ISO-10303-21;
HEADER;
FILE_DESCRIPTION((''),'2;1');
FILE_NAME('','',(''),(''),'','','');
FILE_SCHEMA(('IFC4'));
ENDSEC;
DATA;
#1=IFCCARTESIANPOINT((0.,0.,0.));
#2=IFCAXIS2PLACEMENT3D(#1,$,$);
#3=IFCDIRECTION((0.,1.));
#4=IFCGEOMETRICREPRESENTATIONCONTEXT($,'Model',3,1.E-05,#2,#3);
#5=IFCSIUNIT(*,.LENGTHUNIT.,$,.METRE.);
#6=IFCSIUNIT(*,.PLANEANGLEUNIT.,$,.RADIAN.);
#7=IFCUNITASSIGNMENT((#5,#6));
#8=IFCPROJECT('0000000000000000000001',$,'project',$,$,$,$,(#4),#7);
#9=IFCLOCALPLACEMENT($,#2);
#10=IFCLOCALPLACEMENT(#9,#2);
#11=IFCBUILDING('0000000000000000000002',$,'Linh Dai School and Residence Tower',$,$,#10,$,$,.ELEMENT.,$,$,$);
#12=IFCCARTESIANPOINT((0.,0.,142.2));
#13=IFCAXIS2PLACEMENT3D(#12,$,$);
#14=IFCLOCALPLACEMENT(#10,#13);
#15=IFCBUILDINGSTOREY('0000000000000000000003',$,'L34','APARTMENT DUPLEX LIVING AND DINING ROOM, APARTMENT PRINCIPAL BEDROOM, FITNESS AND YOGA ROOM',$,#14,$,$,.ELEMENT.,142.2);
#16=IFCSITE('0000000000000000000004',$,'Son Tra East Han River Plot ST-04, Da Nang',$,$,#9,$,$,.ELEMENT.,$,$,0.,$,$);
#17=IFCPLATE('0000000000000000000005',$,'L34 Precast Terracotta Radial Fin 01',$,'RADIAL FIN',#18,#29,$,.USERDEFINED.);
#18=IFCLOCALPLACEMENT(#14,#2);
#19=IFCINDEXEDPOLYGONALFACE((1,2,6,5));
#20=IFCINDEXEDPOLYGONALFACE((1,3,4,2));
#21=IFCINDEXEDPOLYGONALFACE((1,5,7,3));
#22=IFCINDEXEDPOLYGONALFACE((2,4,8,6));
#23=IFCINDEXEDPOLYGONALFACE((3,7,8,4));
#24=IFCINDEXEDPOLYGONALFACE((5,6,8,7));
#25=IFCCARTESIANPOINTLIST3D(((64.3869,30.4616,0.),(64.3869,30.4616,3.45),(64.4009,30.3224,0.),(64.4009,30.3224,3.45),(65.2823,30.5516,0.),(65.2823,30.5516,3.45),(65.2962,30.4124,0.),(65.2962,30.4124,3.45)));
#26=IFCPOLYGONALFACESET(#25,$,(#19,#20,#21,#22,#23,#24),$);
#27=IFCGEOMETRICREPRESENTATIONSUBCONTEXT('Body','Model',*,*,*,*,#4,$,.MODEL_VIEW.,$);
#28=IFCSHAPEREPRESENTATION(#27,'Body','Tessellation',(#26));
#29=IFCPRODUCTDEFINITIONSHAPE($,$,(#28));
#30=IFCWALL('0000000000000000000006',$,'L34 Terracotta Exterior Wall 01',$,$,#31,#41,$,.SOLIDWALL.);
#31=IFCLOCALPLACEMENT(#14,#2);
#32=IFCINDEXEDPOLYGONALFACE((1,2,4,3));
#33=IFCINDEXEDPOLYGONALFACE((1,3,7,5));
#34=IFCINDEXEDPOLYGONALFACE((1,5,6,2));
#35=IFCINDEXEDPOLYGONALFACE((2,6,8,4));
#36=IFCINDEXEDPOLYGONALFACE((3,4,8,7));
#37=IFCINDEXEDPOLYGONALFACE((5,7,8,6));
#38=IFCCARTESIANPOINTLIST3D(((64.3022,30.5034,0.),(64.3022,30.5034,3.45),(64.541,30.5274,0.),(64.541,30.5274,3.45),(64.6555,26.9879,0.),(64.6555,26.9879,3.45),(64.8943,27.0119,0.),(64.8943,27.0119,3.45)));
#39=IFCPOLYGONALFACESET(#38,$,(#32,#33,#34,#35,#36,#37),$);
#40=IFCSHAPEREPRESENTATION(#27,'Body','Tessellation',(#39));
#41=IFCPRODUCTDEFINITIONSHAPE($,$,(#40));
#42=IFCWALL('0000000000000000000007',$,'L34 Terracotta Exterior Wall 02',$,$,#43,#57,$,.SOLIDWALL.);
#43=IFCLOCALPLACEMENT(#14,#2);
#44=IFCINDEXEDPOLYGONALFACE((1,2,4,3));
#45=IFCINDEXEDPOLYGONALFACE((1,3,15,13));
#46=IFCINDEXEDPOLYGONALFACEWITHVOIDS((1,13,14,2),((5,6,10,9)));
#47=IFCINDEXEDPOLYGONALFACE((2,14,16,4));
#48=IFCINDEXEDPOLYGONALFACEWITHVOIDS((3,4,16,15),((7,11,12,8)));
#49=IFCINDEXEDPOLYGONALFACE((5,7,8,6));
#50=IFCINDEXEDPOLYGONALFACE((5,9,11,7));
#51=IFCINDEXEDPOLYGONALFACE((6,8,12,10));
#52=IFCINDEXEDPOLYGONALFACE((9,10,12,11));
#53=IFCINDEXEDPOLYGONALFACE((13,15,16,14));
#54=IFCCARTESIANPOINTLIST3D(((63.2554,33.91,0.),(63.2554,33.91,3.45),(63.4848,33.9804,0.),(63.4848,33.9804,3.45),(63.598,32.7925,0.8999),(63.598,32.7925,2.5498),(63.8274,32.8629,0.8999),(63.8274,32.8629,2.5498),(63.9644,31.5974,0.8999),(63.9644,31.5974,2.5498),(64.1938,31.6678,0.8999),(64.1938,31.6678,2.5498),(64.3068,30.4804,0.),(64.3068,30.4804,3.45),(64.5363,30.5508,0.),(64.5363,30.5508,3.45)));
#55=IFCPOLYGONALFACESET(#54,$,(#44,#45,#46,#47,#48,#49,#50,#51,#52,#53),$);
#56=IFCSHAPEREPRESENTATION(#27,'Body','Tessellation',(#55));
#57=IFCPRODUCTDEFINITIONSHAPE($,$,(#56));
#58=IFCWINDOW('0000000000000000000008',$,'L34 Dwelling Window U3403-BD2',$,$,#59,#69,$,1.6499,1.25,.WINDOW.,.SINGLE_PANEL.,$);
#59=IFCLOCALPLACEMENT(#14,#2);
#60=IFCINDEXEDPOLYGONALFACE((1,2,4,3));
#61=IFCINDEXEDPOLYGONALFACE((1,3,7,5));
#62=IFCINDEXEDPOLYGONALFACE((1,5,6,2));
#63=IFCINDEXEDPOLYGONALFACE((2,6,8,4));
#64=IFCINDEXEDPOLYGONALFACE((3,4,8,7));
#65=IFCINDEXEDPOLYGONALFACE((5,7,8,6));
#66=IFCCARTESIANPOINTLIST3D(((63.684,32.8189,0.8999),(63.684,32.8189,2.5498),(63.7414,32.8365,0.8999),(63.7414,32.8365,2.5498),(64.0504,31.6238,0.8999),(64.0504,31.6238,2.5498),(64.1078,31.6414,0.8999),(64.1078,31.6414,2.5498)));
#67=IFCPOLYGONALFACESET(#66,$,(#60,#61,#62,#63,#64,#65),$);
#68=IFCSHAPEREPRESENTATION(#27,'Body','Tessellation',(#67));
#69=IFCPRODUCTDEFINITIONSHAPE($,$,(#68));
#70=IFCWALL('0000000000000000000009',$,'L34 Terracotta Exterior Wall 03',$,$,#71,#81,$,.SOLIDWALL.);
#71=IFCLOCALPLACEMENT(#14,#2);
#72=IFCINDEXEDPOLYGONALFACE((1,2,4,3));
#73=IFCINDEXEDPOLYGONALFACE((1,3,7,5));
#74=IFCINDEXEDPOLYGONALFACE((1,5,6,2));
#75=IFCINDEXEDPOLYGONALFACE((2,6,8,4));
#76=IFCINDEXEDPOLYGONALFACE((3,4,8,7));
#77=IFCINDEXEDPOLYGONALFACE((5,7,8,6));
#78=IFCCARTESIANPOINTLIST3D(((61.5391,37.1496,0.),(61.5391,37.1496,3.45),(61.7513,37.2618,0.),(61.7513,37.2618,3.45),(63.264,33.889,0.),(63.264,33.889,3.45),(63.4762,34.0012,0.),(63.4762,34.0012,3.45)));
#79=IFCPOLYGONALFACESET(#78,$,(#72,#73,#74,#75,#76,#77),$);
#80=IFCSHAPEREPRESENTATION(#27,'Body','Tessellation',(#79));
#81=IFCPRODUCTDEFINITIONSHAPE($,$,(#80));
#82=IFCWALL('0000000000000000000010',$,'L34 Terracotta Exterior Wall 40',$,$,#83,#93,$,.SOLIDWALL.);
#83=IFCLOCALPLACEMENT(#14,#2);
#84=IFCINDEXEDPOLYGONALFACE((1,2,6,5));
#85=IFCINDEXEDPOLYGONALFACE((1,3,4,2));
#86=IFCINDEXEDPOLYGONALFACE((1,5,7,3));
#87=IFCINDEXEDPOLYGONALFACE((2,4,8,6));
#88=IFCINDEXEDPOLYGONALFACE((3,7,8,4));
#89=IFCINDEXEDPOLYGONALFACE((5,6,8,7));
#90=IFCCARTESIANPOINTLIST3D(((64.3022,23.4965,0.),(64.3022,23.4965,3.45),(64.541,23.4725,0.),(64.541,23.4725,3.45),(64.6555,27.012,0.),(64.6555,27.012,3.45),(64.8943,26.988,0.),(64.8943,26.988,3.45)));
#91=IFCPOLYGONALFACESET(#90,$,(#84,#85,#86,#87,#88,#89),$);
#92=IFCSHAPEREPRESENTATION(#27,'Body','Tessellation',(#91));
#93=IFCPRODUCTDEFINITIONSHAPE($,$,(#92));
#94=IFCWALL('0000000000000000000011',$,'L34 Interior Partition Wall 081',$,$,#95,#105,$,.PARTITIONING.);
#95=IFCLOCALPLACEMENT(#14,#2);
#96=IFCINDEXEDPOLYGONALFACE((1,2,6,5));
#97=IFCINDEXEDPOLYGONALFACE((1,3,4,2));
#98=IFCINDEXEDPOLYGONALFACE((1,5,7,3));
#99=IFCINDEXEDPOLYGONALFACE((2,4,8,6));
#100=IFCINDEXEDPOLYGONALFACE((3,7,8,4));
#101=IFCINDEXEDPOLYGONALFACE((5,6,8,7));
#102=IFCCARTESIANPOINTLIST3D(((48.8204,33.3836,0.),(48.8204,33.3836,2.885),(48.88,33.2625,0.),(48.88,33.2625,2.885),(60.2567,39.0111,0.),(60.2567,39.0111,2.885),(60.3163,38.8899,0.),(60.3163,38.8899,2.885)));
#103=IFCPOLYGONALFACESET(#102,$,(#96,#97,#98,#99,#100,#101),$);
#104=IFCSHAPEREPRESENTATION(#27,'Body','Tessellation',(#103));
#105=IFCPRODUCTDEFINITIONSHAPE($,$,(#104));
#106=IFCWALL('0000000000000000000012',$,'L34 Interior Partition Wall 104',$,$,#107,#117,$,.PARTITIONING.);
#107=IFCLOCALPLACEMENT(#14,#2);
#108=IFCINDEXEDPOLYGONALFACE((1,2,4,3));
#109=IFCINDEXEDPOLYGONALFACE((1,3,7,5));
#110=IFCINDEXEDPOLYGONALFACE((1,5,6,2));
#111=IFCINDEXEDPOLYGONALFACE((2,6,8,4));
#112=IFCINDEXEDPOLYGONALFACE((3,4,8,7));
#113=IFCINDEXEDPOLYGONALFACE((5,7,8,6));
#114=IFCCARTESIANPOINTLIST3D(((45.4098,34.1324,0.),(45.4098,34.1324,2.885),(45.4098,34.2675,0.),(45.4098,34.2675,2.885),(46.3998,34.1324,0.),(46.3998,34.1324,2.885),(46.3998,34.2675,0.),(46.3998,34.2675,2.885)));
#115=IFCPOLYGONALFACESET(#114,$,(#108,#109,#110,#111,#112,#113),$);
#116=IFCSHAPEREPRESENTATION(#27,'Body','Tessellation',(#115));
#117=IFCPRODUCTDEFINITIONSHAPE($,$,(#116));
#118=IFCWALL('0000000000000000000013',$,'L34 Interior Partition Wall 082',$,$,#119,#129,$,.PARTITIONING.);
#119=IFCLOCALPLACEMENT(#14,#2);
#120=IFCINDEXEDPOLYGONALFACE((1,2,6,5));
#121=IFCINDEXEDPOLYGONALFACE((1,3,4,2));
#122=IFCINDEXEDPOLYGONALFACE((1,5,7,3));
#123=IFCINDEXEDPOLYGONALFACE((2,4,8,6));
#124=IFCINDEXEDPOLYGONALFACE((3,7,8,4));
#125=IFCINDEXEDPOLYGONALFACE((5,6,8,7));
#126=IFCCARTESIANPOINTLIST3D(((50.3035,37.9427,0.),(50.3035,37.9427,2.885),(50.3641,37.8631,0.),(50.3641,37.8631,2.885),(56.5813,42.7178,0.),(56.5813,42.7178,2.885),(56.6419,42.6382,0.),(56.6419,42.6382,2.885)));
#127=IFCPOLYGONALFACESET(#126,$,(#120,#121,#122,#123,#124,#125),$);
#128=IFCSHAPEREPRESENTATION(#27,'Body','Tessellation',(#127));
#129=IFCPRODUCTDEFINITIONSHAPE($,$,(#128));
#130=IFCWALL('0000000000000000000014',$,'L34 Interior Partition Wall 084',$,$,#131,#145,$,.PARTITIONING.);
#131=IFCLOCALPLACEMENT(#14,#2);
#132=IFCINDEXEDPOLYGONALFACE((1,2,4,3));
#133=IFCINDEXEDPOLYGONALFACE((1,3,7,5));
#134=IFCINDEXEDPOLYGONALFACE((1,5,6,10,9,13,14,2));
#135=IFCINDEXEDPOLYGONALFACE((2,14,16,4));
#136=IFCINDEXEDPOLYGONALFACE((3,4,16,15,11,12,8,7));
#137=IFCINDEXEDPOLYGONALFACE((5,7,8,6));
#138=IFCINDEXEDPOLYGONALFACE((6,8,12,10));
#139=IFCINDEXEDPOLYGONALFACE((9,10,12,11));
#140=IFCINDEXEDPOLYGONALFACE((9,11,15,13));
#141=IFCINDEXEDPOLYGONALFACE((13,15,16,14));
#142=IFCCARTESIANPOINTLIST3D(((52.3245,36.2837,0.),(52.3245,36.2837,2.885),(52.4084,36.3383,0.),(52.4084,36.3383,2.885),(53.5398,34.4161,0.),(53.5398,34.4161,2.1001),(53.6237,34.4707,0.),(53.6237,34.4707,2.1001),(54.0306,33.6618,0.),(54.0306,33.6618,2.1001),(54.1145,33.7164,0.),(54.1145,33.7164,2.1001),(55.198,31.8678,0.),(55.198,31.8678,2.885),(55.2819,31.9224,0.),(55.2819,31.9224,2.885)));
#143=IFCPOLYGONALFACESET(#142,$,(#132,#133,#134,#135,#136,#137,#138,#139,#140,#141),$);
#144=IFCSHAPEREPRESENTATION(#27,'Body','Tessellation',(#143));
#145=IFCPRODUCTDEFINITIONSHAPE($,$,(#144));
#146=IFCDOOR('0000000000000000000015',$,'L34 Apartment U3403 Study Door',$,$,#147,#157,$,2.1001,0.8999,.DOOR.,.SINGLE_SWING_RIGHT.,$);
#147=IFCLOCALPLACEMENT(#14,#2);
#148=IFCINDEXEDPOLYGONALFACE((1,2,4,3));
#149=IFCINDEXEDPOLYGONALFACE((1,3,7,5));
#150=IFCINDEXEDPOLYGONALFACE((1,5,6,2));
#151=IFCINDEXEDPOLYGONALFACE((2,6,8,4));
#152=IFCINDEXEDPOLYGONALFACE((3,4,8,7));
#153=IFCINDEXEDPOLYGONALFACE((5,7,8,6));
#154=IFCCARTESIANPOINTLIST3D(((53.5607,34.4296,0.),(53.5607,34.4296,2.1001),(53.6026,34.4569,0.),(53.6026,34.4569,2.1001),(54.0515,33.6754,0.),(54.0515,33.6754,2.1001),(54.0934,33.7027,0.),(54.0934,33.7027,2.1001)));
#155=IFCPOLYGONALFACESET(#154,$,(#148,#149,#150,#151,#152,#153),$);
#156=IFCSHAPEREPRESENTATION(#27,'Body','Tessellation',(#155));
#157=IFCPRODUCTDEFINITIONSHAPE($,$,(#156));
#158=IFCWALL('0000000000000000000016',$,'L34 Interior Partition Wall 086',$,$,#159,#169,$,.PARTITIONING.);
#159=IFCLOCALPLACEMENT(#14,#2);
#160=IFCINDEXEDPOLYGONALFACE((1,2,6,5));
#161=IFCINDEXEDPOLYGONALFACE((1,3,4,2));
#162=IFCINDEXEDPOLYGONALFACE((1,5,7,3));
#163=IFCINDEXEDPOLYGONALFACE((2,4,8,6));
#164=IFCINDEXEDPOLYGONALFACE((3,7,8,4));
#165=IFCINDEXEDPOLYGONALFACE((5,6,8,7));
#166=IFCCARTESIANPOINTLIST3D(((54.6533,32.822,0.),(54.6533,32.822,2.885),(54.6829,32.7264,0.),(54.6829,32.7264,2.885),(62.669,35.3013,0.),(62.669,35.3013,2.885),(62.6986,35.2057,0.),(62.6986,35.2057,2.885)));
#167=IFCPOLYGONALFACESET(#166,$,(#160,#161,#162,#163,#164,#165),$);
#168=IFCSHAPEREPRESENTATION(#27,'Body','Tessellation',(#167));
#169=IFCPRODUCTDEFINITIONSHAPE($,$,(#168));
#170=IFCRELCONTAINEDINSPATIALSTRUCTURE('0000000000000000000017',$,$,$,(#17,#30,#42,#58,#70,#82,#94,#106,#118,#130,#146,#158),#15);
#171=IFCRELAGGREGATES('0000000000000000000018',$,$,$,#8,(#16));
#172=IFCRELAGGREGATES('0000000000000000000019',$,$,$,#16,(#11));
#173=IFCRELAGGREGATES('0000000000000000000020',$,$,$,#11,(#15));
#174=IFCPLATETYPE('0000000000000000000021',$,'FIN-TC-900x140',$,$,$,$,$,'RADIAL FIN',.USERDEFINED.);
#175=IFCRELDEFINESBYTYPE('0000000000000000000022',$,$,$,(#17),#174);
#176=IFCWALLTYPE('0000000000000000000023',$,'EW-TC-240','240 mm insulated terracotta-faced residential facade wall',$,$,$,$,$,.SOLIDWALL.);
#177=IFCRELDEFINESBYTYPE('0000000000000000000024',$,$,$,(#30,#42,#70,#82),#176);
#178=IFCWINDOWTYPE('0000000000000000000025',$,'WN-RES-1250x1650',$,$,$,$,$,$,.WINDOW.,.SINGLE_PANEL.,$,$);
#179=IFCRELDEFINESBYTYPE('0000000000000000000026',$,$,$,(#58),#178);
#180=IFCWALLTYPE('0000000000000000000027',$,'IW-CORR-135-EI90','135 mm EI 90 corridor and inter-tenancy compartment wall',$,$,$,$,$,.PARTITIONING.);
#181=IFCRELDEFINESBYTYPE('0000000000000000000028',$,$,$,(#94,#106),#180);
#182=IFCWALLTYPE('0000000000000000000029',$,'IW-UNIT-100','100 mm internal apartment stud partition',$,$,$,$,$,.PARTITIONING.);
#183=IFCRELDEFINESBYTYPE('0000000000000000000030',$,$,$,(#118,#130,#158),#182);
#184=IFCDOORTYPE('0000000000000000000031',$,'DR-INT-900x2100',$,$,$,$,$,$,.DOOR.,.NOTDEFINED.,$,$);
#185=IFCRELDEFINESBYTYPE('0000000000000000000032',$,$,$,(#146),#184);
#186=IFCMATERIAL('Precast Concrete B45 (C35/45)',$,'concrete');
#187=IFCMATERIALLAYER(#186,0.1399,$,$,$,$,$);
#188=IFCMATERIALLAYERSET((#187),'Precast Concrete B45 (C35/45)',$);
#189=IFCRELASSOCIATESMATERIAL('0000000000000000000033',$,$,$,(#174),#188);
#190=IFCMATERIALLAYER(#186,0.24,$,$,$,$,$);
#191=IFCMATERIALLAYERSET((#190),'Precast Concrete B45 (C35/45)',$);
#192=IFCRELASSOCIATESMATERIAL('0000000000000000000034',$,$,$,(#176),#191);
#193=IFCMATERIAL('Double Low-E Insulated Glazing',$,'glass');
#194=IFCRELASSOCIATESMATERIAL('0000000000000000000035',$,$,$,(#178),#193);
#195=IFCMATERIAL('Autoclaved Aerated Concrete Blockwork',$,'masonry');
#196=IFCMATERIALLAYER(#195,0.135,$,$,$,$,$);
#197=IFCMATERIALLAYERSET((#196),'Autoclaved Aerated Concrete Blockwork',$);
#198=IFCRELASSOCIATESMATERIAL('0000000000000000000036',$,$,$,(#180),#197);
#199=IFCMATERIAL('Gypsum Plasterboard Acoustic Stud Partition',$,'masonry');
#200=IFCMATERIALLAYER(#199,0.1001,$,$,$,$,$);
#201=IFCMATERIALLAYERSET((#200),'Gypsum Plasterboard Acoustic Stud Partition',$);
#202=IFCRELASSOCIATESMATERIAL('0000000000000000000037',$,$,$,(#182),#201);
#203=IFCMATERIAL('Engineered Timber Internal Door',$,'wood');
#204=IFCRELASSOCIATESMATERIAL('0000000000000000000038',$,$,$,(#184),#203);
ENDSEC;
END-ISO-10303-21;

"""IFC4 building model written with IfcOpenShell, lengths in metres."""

from ifc_helpers import new_model, si_unit, direction, frame, frame_2d, origin, origin_2d, place, context, subcontext, project, spatial, rectangle, extrude, source, transform, mapped, material, layer, layer_set, type_object, element, fill, save


model = new_model("IFC4")

# Units and contexts
model_context = context("Model", 3, precision=1e-05, world=origin(), true_north=direction((0.0, 1.0)))
body_context = subcontext(model_context, "Body", "Model", "MODEL_VIEW")
ifc_project = project(units=[si_unit("LENGTHUNIT", "METRE"), si_unit("PLANEANGLEUNIT", "RADIAN")], contexts=[model_context])

# Site, building, storey
site_placement = place(None, origin())
site = spatial("IfcSite", under=ifc_project, at=site_placement, Name="Son Tra East Han River Plot ST-04, Da Nang", CompositionType="ELEMENT", RefElevation=0.0)
building_placement = place(site_placement, origin())
building = spatial("IfcBuilding", under=site, at=building_placement, Name="Linh Dai School and Residence Tower", CompositionType="ELEMENT")
storey_placement = place(building_placement, frame((0.0, 0.0, 142.2)))
storey = spatial("IfcBuildingStorey", under=building, at=storey_placement, Name="L34", Description="APARTMENT DUPLEX LIVING AND DINING ROOM, APARTMENT PRINCIPAL BEDROOM, FITNESS AND YOGA ROOM", CompositionType="ELEMENT", Elevation=142.2)

# Plate
ifc_material_1 = material(Name="Precast Concrete B45 (C35/45)", Category="concrete")
ifc_layer_1 = layer(ifc_material_1, 0.1399)
ifc_layer_set_1 = layer_set([ifc_layer_1], Name="Precast Concrete B45 (C35/45)")
plate_type = type_object("IfcPlateType", Name="FIN-TC-900x140", ElementType="RADIAL FIN", PredefinedType="USERDEFINED", material=ifc_layer_set_1)
shared_shape_1 = source(origin(), body_context, "Body", "SweptSolid", [
    extrude(rectangle(XDim=0.8999, YDim=0.1399, at=origin_2d()), origin(), (0.0, 0.0, 1.0), 3.45),
])
plate_placement = place(storey_placement, frame((64.8416, 30.437, 0.0), z_axis=(0.0, 0.0, 1.0), x_axis=(0.994987, 0.100007, 0.0)))
element("IfcPlate", 1, at=plate_placement, inside=storey, type_object=plate_type, Name="L34 Precast Terracotta Radial Fin 01", ObjectType="RADIAL FIN", PredefinedType="USERDEFINED", context=body_context, shape_type="MappedRepresentation", body=[
    mapped(shared_shape_1, transform((0.0, 0.0, 0.0), x_axis=(1.0, 0.0, 0.0), y_axis=(0.0, 1.0, 0.0), z_axis=(0.0, 0.0, 1.0), scale=1.0)),
])

# Wall
ifc_layer_2 = layer(ifc_material_1, 0.24)
ifc_layer_set_2 = layer_set([ifc_layer_2], Name="Precast Concrete B45 (C35/45)")
wall_type_1 = type_object("IfcWallType", Name="EW-TC-240", Description="240 mm insulated terracotta-faced residential facade wall", PredefinedType="SOLIDWALL", material=ifc_layer_set_2)
wall_1_placement = place(storey_placement, frame((64.4216, 30.5154, 0.0), z_axis=(0.0, 0.0, 1.0), x_axis=(0.099989, -0.994988, 0.0)))
element("IfcWall", 2, at=wall_1_placement, inside=storey, type_object=wall_type_1, Name="L34 Terracotta Exterior Wall 01", PredefinedType="SOLIDWALL", context=body_context, shape_type="SweptSolid", body=[
    extrude(rectangle(XDim=3.5332, YDim=0.24, at=frame_2d((1.7666, 0.0))), origin(), (0.0, 0.0, 1.0), 3.45),
])

# Wall, opening, window
wall_2_placement = place(storey_placement, frame((63.3701, 33.9451, 0.0), z_axis=(0.0, 0.0, 1.0), x_axis=(0.293124, -0.956074, 0.0)))
wall_2 = element("IfcWall", 3, at=wall_2_placement, inside=storey, type_object=wall_type_1, Name="L34 Terracotta Exterior Wall 02", PredefinedType="SOLIDWALL", context=body_context, shape_type="SweptSolid", body=[
    extrude(rectangle(XDim=3.5872, YDim=0.24, at=frame_2d((1.7935, 0.0))), origin(), (0.0, 0.0, 1.0), 3.45),
])
opening_1_placement = place(wall_2_placement, frame((1.1687, 0.0, 0.8999)))
opening_1 = element("IfcOpeningElement", 4, at=opening_1_placement, cuts=wall_2, PredefinedType="OPENING", context=body_context, shape_type="SweptSolid", body=[
    extrude(rectangle(XDim=1.25, YDim=1.6499, at=origin_2d()), frame((0.625, 0.1299, 0.825), z_axis=(0.0, -1.0, 0.0), x_axis=(1.0, 0.0, 0.0)), (0.0, 0.0, 1.0), 0.26),
])
ifc_material_2 = material(Name="Double Low-E Insulated Glazing", Category="glass")
window_type = type_object("IfcWindowType", Name="WN-RES-1250x1650", PartitioningType="SINGLE_PANEL", PredefinedType="WINDOW", material=ifc_material_2)
shared_shape_2 = source(origin(), body_context, "Body", "SweptSolid", [
    extrude(rectangle(XDim=1.25, YDim=1.6499, at=origin_2d()), frame((0.625, 0.03, 0.825), z_axis=(0.0, -1.0, 0.0), x_axis=(1.0, 0.0, 0.0)), (0.0, 0.0, 1.0), 0.0601),
])
window_placement = place(opening_1_placement, origin())
window = element("IfcWindow", 5, at=window_placement, inside=storey, type_object=window_type, Name="L34 Dwelling Window U3403-BD2", OverallHeight=1.6499, OverallWidth=1.25, PartitioningType="SINGLE_PANEL", PredefinedType="WINDOW", context=body_context, shape_type="MappedRepresentation", body=[
    mapped(shared_shape_2, transform((0.0, 0.0, 0.0), x_axis=(1.0, 0.0, 0.0), y_axis=(0.0, 1.0, 0.0), z_axis=(0.0, 0.0, 1.0), scale=1.0)),
])
fill(opening_1, window)

# Walls
wall_3_placement = place(storey_placement, frame((61.6453, 37.2056, 0.0), z_axis=(0.0, 0.0, 1.0), x_axis=(0.467614, -0.883933, 0.0)))
element("IfcWall", 6, at=wall_3_placement, inside=storey, type_object=wall_type_1, Name="L34 Terracotta Exterior Wall 03", PredefinedType="SOLIDWALL", context=body_context, shape_type="SweptSolid", body=[
    extrude(rectangle(XDim=3.6887, YDim=0.24, at=frame_2d((1.8442, 0.0))), origin(), (0.0, 0.0, 1.0), 3.45),
])
wall_4_placement = place(storey_placement, frame((64.7749, 27.0, 0.0), z_axis=(0.0, 0.0, 1.0), x_axis=(-0.099989, -0.994988, 0.0)))
element("IfcWall", 7, at=wall_4_placement, inside=storey, type_object=wall_type_1, Name="L34 Terracotta Exterior Wall 40", PredefinedType="SOLIDWALL", context=body_context, shape_type="SweptSolid", body=[
    extrude(rectangle(XDim=3.5332, YDim=0.24, at=frame_2d((1.7666, 0.0))), origin(), (0.0, 0.0, 1.0), 3.45),
])
ifc_material_3 = material(Name="Autoclaved Aerated Concrete Blockwork", Category="masonry")
ifc_layer_3 = layer(ifc_material_3, 0.135)
ifc_layer_set_3 = layer_set([ifc_layer_3], Name="Autoclaved Aerated Concrete Blockwork")
wall_type_2 = type_object("IfcWallType", Name="IW-CORR-135-EI90", Description="135 mm EI 90 corridor and inter-tenancy compartment wall", PredefinedType="PARTITIONING", material=ifc_layer_set_3)
wall_5_placement = place(storey_placement, frame((48.8501, 33.323, 0.0), z_axis=(0.0, 0.0, 1.0), x_axis=(0.897255, 0.441512, 0.0)))
element("IfcWall", 8, at=wall_5_placement, inside=storey, type_object=wall_type_2, Name="L34 Interior Partition Wall 081", PredefinedType="PARTITIONING", context=body_context, shape_type="SweptSolid", body=[
    extrude(rectangle(XDim=12.7458, YDim=0.135, at=frame_2d((6.373, 0.0))), origin(), (0.0, 0.0, 1.0), 2.885),
])
wall_6_placement = place(storey_placement, frame((46.3999, 34.2, 0.0), z_axis=(0.0, 0.0, 1.0), x_axis=(-1.0, 0.0, 0.0)))
element("IfcWall", 9, at=wall_6_placement, inside=storey, type_object=wall_type_2, Name="L34 Interior Partition Wall 104", PredefinedType="PARTITIONING", context=body_context, shape_type="SweptSolid", body=[
    extrude(rectangle(XDim=0.99, YDim=0.135, at=frame_2d((0.4951, 0.0))), origin(), (0.0, 0.0, 1.0), 2.885),
])
ifc_material_4 = material(Name="Gypsum Plasterboard Acoustic Stud Partition", Category="masonry")
ifc_layer_4 = layer(ifc_material_4, 0.1001)
ifc_layer_set_4 = layer_set([ifc_layer_4], Name="Gypsum Plasterboard Acoustic Stud Partition")
wall_type_3 = type_object("IfcWallType", Name="IW-UNIT-100", Description="100 mm internal apartment stud partition", PredefinedType="PARTITIONING", material=ifc_layer_set_4)
wall_7_placement = place(storey_placement, frame((50.3337, 37.9028, 0.0), z_axis=(0.0, 0.0, 1.0), x_axis=(0.795918, 0.605404, 0.0)))
element("IfcWall", 10, at=wall_7_placement, inside=storey, type_object=wall_type_3, Name="L34 Interior Partition Wall 082", PredefinedType="PARTITIONING", context=body_context, shape_type="SweptSolid", body=[
    extrude(rectangle(XDim=7.8875, YDim=0.1001, at=frame_2d((3.9438, 0.0))), origin(), (0.0, 0.0, 1.0), 2.885),
])

# Wall, opening, door
wall_8_placement = place(storey_placement, frame((52.3665, 36.311, 0.0), z_axis=(0.0, 0.0, 1.0), x_axis=(0.545405, -0.838172, 0.0)))
wall_8 = element("IfcWall", 11, at=wall_8_placement, inside=storey, type_object=wall_type_3, Name="L34 Interior Partition Wall 084", PredefinedType="PARTITIONING", context=body_context, shape_type="SweptSolid", body=[
    extrude(rectangle(XDim=5.2686, YDim=0.1001, at=frame_2d((2.6343, 0.0))), origin(), (0.0, 0.0, 1.0), 2.885),
])
opening_2_placement = place(wall_8_placement, frame((2.2283, 0.0, 0.0)))
opening_2 = element("IfcOpeningElement", 12, at=opening_2_placement, cuts=wall_8, PredefinedType="OPENING", context=body_context, shape_type="SweptSolid", body=[
    extrude(rectangle(XDim=0.8999, YDim=2.1001, at=origin_2d()), frame((0.45, 0.0601, 1.05), z_axis=(0.0, -1.0, 0.0), x_axis=(1.0, 0.0, 0.0)), (0.0, 0.0, 1.0), 0.1201),
])
ifc_material_5 = material(Name="Engineered Timber Internal Door", Category="wood")
door_type = type_object("IfcDoorType", Name="DR-INT-900x2100", OperationType="NOTDEFINED", PredefinedType="DOOR", material=ifc_material_5)
shared_shape_3 = source(origin(), body_context, "Body", "SweptSolid", [
    extrude(rectangle(XDim=0.8999, YDim=2.1001, at=origin_2d()), frame((0.45, 0.0249, 1.05), z_axis=(0.0, -1.0, 0.0), x_axis=(1.0, 0.0, 0.0)), (0.0, 0.0, 1.0), 0.05),
])
door_1_placement = place(opening_2_placement, origin())
door_1 = element("IfcDoor", 13, at=door_1_placement, inside=storey, type_object=door_type, Name="L34 Apartment U3403 Study Door", OperationType="SINGLE_SWING_RIGHT", OverallHeight=2.1001, OverallWidth=0.8999, PredefinedType="DOOR", context=body_context, shape_type="MappedRepresentation", body=[
    mapped(shared_shape_3, transform((0.0, 0.0, 0.0), x_axis=(1.0, 0.0, 0.0), y_axis=(0.0, 1.0, 0.0), z_axis=(0.0, 0.0, 1.0), scale=1.0)),
])
fill(opening_2, door_1)

# Wall
wall_9_placement = place(storey_placement, frame((54.668, 32.7742, 0.0), z_axis=(0.0, 0.0, 1.0), x_axis=(0.955346, 0.29549, 0.0)))
element("IfcWall", 14, at=wall_9_placement, inside=storey, type_object=wall_type_3, Name="L34 Interior Partition Wall 086", PredefinedType="PARTITIONING", context=body_context, shape_type="SweptSolid", body=[
    extrude(rectangle(XDim=8.3904, YDim=0.1001, at=frame_2d((4.1953, 0.0))), origin(), (0.0, 0.0, 1.0), 2.885),
])

save(model, "model.ifc")
